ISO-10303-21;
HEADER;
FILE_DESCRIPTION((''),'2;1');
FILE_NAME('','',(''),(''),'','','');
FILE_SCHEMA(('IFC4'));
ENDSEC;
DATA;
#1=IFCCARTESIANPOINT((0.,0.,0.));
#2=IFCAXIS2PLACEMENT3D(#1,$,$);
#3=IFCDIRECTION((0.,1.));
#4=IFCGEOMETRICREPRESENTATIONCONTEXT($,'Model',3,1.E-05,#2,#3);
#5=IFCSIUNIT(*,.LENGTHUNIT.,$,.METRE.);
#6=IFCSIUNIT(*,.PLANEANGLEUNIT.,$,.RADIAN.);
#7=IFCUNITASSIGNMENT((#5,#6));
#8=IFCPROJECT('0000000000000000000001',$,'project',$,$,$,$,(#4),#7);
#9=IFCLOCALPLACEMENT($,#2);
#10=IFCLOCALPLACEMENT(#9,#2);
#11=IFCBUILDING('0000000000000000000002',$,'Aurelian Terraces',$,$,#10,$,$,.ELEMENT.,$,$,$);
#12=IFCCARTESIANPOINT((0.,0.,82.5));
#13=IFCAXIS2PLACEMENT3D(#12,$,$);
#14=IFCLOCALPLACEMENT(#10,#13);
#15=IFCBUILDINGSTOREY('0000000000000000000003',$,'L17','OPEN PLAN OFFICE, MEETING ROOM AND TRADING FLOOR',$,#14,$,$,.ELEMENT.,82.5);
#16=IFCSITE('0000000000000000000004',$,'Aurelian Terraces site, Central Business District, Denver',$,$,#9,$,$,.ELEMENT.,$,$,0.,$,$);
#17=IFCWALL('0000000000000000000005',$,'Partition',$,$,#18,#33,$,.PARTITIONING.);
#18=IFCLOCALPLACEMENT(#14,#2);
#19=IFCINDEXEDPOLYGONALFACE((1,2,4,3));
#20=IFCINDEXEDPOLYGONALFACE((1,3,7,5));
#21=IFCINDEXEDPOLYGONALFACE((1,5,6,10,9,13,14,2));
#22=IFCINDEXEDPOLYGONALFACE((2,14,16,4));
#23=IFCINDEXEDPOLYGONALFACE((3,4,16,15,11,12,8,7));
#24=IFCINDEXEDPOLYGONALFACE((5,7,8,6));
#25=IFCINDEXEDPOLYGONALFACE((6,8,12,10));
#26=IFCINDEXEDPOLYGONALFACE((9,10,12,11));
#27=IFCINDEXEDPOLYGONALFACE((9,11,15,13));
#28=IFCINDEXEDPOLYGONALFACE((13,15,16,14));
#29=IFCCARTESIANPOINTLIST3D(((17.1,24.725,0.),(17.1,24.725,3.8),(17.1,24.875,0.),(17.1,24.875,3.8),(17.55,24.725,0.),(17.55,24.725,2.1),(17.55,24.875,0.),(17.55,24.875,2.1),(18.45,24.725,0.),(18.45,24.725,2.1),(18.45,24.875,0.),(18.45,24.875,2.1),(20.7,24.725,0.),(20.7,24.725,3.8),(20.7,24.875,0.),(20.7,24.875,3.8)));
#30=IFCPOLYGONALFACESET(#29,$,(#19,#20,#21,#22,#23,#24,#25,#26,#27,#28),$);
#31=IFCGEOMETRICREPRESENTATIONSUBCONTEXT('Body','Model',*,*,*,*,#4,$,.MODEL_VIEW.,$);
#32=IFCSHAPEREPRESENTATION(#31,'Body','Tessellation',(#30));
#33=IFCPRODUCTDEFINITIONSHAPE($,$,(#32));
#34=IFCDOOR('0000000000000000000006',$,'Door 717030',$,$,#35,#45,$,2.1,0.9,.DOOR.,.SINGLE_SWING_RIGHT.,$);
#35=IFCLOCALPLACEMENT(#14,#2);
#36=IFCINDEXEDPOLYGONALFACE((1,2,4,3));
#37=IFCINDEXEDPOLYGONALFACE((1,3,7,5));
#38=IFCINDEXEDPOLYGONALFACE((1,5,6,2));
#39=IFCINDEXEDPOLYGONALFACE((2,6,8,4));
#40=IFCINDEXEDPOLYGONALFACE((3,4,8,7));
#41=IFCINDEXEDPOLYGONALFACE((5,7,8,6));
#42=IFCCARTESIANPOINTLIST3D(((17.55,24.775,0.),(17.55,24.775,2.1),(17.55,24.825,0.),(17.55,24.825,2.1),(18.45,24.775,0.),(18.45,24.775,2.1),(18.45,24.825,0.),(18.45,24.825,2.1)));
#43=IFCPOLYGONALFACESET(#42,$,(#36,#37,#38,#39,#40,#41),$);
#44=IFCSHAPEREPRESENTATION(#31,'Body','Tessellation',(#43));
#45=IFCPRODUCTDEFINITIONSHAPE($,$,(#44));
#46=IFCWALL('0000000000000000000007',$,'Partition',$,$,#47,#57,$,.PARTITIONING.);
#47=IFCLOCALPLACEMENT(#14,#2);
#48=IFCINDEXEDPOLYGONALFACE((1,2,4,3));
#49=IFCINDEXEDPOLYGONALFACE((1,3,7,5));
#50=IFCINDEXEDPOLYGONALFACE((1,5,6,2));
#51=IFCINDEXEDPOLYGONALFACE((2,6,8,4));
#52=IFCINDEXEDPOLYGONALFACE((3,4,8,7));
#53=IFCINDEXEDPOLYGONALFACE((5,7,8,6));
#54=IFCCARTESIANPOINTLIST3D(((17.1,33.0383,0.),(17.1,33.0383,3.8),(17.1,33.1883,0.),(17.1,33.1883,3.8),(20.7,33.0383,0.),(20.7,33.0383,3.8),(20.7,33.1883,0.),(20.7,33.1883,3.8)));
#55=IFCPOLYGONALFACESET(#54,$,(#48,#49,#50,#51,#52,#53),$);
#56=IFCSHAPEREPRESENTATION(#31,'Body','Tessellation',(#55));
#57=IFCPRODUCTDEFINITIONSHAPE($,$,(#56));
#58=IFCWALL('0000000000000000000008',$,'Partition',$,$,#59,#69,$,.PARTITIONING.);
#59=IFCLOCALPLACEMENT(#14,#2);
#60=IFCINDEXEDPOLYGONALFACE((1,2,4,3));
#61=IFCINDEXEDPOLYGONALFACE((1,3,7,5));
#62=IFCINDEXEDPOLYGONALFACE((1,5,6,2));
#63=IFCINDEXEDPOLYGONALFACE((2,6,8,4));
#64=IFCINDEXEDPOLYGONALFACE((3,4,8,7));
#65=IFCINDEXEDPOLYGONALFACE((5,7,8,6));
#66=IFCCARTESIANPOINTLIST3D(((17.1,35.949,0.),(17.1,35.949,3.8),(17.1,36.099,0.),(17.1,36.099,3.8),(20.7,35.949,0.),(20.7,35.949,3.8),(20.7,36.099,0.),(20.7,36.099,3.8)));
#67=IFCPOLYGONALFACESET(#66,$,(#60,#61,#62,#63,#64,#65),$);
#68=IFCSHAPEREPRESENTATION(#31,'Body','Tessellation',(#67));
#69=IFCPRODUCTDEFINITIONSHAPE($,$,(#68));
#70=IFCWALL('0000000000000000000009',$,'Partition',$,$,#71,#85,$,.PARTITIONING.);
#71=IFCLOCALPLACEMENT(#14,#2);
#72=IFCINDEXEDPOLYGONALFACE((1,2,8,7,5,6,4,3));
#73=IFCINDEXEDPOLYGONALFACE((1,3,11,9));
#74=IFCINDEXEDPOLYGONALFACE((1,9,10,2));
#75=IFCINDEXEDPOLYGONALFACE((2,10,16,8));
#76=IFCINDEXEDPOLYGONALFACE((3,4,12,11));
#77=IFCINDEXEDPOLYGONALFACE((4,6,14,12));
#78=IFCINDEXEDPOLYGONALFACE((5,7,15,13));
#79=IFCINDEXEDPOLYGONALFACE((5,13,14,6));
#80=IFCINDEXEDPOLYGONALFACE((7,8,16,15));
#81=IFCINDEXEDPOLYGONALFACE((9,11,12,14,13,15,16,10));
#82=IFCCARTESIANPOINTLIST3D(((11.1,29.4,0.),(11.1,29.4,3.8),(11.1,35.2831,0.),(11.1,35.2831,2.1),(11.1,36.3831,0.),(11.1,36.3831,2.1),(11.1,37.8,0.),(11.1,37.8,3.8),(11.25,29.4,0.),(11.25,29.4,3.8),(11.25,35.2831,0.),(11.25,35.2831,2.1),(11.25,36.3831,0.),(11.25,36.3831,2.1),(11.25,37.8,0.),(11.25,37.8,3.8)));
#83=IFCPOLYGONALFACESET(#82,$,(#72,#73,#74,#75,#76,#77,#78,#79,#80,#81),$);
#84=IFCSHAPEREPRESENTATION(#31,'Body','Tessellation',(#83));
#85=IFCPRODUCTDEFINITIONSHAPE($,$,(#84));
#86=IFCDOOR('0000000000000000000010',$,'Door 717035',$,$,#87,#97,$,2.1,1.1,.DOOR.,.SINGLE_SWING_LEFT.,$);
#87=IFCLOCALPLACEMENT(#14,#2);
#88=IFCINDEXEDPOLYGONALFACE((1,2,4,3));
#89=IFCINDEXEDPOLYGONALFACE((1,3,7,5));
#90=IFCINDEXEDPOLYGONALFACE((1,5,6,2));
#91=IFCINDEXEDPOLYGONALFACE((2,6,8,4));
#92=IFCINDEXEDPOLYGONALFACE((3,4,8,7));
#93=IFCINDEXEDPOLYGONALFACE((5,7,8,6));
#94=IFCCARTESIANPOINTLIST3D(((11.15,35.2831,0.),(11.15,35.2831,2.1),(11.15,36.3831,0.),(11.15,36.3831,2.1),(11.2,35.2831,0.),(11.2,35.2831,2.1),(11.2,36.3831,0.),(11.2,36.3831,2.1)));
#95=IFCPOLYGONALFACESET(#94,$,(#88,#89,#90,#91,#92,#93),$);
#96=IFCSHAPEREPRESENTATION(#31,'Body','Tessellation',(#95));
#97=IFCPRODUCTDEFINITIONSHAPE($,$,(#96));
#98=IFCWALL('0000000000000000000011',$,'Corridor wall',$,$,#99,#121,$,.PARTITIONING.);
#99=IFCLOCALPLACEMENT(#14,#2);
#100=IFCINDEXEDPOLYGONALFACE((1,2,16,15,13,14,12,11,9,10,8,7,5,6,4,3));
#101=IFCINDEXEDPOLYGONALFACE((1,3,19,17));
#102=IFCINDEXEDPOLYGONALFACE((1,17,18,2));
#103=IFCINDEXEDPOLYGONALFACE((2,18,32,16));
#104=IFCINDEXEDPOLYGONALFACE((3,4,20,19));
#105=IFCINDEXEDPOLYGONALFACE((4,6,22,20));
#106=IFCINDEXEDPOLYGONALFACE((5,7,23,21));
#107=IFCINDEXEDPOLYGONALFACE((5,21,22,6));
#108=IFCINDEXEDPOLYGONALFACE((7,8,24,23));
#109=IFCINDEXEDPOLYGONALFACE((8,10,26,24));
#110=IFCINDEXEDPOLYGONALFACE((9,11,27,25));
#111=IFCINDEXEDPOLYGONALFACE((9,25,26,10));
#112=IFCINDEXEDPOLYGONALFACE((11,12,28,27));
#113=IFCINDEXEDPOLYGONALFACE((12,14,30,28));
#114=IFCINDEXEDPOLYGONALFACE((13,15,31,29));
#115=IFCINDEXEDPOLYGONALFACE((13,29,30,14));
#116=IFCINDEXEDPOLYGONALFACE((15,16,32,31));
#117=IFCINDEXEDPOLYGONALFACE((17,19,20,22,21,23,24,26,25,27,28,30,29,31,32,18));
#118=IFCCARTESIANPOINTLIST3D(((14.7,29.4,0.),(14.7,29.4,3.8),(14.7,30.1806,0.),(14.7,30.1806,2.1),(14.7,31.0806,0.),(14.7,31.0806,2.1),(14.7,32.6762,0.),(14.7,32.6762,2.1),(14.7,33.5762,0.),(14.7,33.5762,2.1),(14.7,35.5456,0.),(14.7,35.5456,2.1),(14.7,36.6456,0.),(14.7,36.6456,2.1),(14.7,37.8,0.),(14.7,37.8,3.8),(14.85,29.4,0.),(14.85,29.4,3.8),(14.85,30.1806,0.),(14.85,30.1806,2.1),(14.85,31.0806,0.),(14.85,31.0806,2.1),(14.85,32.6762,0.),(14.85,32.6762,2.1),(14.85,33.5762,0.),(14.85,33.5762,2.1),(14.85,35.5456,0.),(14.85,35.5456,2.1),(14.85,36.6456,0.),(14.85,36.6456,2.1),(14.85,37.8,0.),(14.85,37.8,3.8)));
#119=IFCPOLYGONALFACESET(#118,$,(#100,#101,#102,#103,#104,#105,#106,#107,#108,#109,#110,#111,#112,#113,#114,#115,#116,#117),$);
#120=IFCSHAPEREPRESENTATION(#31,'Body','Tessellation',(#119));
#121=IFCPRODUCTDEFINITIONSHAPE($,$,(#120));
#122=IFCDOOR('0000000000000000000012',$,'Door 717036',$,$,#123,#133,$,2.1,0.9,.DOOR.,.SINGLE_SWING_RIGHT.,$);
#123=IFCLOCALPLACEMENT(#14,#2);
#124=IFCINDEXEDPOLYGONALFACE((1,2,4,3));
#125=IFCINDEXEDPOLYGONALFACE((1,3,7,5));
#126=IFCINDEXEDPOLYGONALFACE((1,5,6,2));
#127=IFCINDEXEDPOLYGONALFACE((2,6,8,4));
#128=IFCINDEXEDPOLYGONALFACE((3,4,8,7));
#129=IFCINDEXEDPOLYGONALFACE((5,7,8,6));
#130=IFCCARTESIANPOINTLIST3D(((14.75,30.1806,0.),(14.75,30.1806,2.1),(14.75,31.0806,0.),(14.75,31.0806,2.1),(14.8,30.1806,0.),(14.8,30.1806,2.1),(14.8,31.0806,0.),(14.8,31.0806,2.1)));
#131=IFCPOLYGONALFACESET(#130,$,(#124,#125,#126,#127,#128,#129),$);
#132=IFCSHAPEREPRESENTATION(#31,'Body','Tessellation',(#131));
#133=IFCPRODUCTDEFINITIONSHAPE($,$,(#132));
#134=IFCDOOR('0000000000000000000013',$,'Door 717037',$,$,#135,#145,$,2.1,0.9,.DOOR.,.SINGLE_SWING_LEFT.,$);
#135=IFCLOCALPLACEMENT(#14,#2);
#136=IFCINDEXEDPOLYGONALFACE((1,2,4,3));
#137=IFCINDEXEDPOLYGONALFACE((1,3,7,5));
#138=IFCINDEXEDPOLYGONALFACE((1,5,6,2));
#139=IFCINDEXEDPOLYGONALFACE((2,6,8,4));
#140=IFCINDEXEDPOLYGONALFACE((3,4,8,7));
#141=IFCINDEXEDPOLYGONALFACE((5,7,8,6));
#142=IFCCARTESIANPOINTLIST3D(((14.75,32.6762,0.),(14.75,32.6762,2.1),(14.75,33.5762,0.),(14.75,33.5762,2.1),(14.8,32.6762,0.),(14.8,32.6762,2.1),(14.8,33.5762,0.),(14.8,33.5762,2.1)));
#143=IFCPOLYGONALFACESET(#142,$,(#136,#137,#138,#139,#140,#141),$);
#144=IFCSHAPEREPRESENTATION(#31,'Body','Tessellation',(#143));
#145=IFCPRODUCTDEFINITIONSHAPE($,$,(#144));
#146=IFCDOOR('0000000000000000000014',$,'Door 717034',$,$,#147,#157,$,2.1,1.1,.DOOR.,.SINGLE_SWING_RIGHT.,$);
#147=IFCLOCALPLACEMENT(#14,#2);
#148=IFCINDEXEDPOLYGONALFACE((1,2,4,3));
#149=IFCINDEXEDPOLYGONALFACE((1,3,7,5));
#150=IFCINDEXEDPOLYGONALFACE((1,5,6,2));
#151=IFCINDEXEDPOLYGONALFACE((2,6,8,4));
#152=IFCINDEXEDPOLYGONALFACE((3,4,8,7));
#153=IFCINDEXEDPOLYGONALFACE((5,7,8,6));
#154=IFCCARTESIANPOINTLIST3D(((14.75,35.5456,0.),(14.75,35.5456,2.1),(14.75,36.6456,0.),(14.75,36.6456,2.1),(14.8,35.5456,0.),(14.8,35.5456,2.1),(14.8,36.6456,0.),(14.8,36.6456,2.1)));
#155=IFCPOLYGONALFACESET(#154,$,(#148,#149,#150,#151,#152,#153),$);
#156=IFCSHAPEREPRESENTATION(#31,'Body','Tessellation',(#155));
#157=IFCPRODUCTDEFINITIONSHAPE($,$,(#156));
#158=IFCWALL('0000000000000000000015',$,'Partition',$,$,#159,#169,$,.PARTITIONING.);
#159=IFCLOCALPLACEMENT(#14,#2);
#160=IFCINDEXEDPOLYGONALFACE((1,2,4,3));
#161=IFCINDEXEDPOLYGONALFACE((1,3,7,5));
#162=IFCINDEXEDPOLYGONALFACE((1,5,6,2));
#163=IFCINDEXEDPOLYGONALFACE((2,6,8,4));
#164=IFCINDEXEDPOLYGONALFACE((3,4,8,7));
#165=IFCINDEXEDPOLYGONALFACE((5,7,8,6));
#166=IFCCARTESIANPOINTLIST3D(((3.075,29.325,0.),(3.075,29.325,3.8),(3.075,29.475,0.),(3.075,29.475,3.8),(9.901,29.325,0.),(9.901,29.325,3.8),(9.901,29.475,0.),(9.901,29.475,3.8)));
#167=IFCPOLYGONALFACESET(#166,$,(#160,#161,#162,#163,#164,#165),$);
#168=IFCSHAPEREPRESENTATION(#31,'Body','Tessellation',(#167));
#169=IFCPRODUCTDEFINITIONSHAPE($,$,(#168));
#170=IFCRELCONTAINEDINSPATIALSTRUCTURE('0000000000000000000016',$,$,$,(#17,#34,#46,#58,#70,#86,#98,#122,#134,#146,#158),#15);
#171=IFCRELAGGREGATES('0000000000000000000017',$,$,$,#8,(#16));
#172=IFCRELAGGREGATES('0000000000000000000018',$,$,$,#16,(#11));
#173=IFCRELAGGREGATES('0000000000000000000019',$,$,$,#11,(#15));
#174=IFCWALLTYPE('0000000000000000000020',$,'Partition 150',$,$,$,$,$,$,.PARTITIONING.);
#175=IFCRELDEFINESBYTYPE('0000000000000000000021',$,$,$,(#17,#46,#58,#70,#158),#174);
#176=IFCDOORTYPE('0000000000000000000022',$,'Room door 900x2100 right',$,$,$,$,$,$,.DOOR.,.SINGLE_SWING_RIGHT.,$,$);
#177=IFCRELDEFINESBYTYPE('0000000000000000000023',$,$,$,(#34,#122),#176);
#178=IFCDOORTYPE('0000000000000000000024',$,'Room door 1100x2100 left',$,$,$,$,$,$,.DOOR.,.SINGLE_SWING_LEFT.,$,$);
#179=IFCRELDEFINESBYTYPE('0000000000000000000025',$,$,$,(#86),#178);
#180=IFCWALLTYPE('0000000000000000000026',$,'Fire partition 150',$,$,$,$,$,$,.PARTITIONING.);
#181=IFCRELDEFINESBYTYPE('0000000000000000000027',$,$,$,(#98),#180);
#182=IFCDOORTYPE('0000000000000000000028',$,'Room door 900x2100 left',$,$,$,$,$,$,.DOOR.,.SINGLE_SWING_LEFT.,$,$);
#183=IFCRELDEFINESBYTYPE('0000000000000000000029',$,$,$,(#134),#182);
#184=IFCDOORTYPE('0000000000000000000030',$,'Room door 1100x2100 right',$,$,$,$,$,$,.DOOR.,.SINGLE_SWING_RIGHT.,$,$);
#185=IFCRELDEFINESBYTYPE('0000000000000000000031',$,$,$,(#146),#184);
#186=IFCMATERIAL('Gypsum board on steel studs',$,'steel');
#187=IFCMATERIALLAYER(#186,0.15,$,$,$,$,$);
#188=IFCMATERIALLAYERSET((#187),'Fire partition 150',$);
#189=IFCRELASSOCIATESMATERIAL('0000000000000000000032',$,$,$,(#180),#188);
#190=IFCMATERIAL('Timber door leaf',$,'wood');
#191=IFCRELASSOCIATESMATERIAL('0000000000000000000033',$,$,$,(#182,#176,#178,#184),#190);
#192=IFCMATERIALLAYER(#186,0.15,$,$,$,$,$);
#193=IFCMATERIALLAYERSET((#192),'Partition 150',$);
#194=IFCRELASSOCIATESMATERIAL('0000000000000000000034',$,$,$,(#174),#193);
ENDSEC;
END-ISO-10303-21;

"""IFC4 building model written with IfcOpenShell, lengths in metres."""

from ifc_helpers import new_model, si_unit, direction, frame, frame_2d, origin, place, context, subcontext, project, spatial, rectangle, extrude, source, transform, mapped, material, layer, layer_set, type_object, element, fill, save


model = new_model("IFC4")

# Units and contexts
model_context = context("Model", 3, precision=1e-05, world=origin(), true_north=direction((0.0, 1.0)))
body_context = subcontext(model_context, "Body", "Model", "MODEL_VIEW")
ifc_project = project(units=[si_unit("LENGTHUNIT", "METRE"), si_unit("PLANEANGLEUNIT", "RADIAN")], contexts=[model_context])

# Site, building, storey
site_placement = place(None, origin())
site = spatial("IfcSite", under=ifc_project, at=site_placement, Name="Aurelian Terraces site, Central Business District, Denver", CompositionType="ELEMENT", RefElevation=0.0)
building_placement = place(site_placement, origin())
building = spatial("IfcBuilding", under=site, at=building_placement, Name="Aurelian Terraces", CompositionType="ELEMENT")
storey_placement = place(building_placement, frame((0.0, 0.0, 82.5)))
storey = spatial("IfcBuildingStorey", under=building, at=storey_placement, Name="L17", Description="OPEN PLAN OFFICE, MEETING ROOM AND TRADING FLOOR", CompositionType="ELEMENT", Elevation=82.5)

# Shared definitions
ifc_material_1 = material(Name="Gypsum board on steel studs", Category="steel")
shared_shape_1 = source(origin(), body_context, "Body", "SweptSolid", [
    extrude(rectangle(XDim=0.9, YDim=2.1, at=frame_2d((0.45, 1.05))), frame((0.0, 0.025, 0.0), z_axis=(0.0, -1.0, 0.0), x_axis=(1.0, 0.0, 0.0)), (0.0, 0.0, 1.0), 0.05),
])

# Shared definitions
ifc_layer_1 = layer(ifc_material_1, 0.15)
ifc_layer_set_1 = layer_set([ifc_layer_1], Name="Fire partition 150")
wall_type_1 = type_object("IfcWallType", Name="Fire partition 150", PredefinedType="PARTITIONING", material=ifc_layer_set_1)
shared_shape_2 = source(origin(), body_context, "Body", "SweptSolid", [
    extrude(rectangle(XDim=0.9, YDim=2.1, at=frame_2d((0.45, 1.05))), frame((0.0, 0.085, 0.0), z_axis=(0.0, -1.0, 0.0), x_axis=(1.0, 0.0, 0.0)), (0.0, 0.0, 1.0), 0.17),
])
ifc_material_2 = material(Name="Timber door leaf", Category="wood")
door_type_1 = type_object("IfcDoorType", Name="Room door 900x2100 left", OperationType="SINGLE_SWING_LEFT", PredefinedType="DOOR", material=ifc_material_2)

# Shared definitions
ifc_layer_2 = layer(ifc_material_1, 0.15)
ifc_layer_set_2 = layer_set([ifc_layer_2], Name="Partition 150")
wall_type_2 = type_object("IfcWallType", Name="Partition 150", PredefinedType="PARTITIONING", material=ifc_layer_set_2)

# Wall, opening, door
shared_shape_3 = source(origin(), body_context, "Body", "SweptSolid", [
    extrude(rectangle(XDim=3.6, YDim=0.15, at=frame_2d((1.8, 0.0))), origin(), (0.0, 0.0, 1.0), 3.8),
])
wall_1_placement = place(storey_placement, frame((17.1, 24.8, 0.0), z_axis=(0.0, 0.0, 1.0), x_axis=(1.0, 0.0, 0.0)))
wall_1 = element("IfcWall", 1, at=wall_1_placement, inside=storey, type_object=wall_type_2, Name="Partition", PredefinedType="PARTITIONING", context=body_context, shape_type="MappedRepresentation", body=[
    mapped(shared_shape_3, transform((0.0, 0.0, 0.0), scale=1.0)),
])
opening_1_placement = place(wall_1_placement, frame((0.45, 0.0, 0.0)))
opening_1 = element("IfcOpeningElement", 2, at=opening_1_placement, cuts=wall_1, PredefinedType="OPENING", context=body_context, shape_type="MappedRepresentation", body=[
    mapped(shared_shape_2, transform((0.0, 0.0, 0.0), scale=1.0)),
])
door_type_2 = type_object("IfcDoorType", Name="Room door 900x2100 right", OperationType="SINGLE_SWING_RIGHT", PredefinedType="DOOR", material=ifc_material_2)
door_1_placement = place(opening_1_placement, origin())
door_1 = element("IfcDoor", 3, at=door_1_placement, inside=storey, type_object=door_type_2, Name="Door 717030", OperationType="SINGLE_SWING_RIGHT", OverallHeight=2.1, OverallWidth=0.9, PredefinedType="DOOR", context=body_context, shape_type="MappedRepresentation", body=[
    mapped(shared_shape_1, transform((0.0, 0.0, 0.0), scale=1.0)),
])
fill(opening_1, door_1)

# Walls
for number, where, z_axis, x_axis, name in (
    (4, (17.1, 33.1133, 0.0), (0.0, 0.0, 1.0), (1.0, 0.0, 0.0), "Partition"),
    (5, (17.1, 36.024, 0.0), (0.0, 0.0, 1.0), (1.0, 0.0, 0.0), "Partition"),
):
    element("IfcWall", number, at=place(storey_placement, frame(where, z_axis=z_axis, x_axis=x_axis)), inside=storey, type_object=wall_type_2, Name=name, PredefinedType="PARTITIONING", context=body_context, shape_type="MappedRepresentation", body=[
        mapped(shared_shape_3, transform((0.0, 0.0, 0.0), scale=1.0)),
    ])

# Wall, opening, door
shared_shape_4 = source(origin(), body_context, "Body", "SweptSolid", [
    extrude(rectangle(XDim=8.4, YDim=0.15, at=frame_2d((4.2, 0.0))), origin(), (0.0, 0.0, 1.0), 3.8),
])
wall_2_placement = place(storey_placement, frame((11.175, 29.4, 0.0), z_axis=(0.0, 0.0, 1.0), x_axis=(0.0, 1.0, 0.0)))
wall_2 = element("IfcWall", 6, at=wall_2_placement, inside=storey, type_object=wall_type_2, Name="Partition", PredefinedType="PARTITIONING", context=body_context, shape_type="MappedRepresentation", body=[
    mapped(shared_shape_4, transform((0.0, 0.0, 0.0), scale=1.0)),
])
shared_shape_5 = source(origin(), body_context, "Body", "SweptSolid", [
    extrude(rectangle(XDim=1.1, YDim=2.1, at=frame_2d((0.55, 1.05))), frame((0.0, 0.085, 0.0), z_axis=(0.0, -1.0, 0.0), x_axis=(1.0, 0.0, 0.0)), (0.0, 0.0, 1.0), 0.17),
])
opening_2_placement = place(wall_2_placement, frame((5.8831, 0.0, 0.0)))
opening_2 = element("IfcOpeningElement", 7, at=opening_2_placement, cuts=wall_2, PredefinedType="OPENING", context=body_context, shape_type="MappedRepresentation", body=[
    mapped(shared_shape_5, transform((0.0, 0.0, 0.0), scale=1.0)),
])
door_type_3 = type_object("IfcDoorType", Name="Room door 1100x2100 left", OperationType="SINGLE_SWING_LEFT", PredefinedType="DOOR", material=ifc_material_2)
shared_shape_6 = source(origin(), body_context, "Body", "SweptSolid", [
    extrude(rectangle(XDim=1.1, YDim=2.1, at=frame_2d((0.55, 1.05))), frame((0.0, 0.025, 0.0), z_axis=(0.0, -1.0, 0.0), x_axis=(1.0, 0.0, 0.0)), (0.0, 0.0, 1.0), 0.05),
])
door_2_placement = place(opening_2_placement, origin())
door_2 = element("IfcDoor", 8, at=door_2_placement, inside=storey, type_object=door_type_3, Name="Door 717035", OperationType="SINGLE_SWING_LEFT", OverallHeight=2.1, OverallWidth=1.1, PredefinedType="DOOR", context=body_context, shape_type="MappedRepresentation", body=[
    mapped(shared_shape_6, transform((0.0, 0.0, 0.0), scale=1.0)),
])
fill(opening_2, door_2)

# Wall, openings, doors
wall_3_placement = place(storey_placement, frame((14.775, 29.4, 0.0), z_axis=(0.0, 0.0, 1.0), x_axis=(0.0, 1.0, 0.0)))
wall_3 = element("IfcWall", 9, at=wall_3_placement, inside=storey, type_object=wall_type_1, Name="Corridor wall", PredefinedType="PARTITIONING", context=body_context, shape_type="MappedRepresentation", body=[
    mapped(shared_shape_4, transform((0.0, 0.0, 0.0), scale=1.0)),
])
opening_3_placement = place(wall_3_placement, frame((6.1456, 0.0, 0.0)))
opening_3 = element("IfcOpeningElement", 10, at=opening_3_placement, cuts=wall_3, PredefinedType="OPENING", context=body_context, shape_type="MappedRepresentation", body=[
    mapped(shared_shape_5, transform((0.0, 0.0, 0.0), scale=1.0)),
])
opening_4_placement = place(wall_3_placement, frame((0.7806, 0.0, 0.0)))
opening_4 = element("IfcOpeningElement", 11, at=opening_4_placement, cuts=wall_3, PredefinedType="OPENING", context=body_context, shape_type="MappedRepresentation", body=[
    mapped(shared_shape_2, transform((0.0, 0.0, 0.0), scale=1.0)),
])
opening_5_placement = place(wall_3_placement, frame((3.2762, 0.0, 0.0)))
opening_5 = element("IfcOpeningElement", 12, at=opening_5_placement, cuts=wall_3, PredefinedType="OPENING", context=body_context, shape_type="MappedRepresentation", body=[
    mapped(shared_shape_2, transform((0.0, 0.0, 0.0), scale=1.0)),
])
door_3_placement = place(opening_4_placement, origin())
door_3 = element("IfcDoor", 13, at=door_3_placement, inside=storey, type_object=door_type_2, Name="Door 717036", OperationType="SINGLE_SWING_RIGHT", OverallHeight=2.1, OverallWidth=0.9, PredefinedType="DOOR", context=body_context, shape_type="MappedRepresentation", body=[
    mapped(shared_shape_1, transform((0.0, 0.0, 0.0), scale=1.0)),
])
fill(opening_4, door_3)
door_4_placement = place(opening_5_placement, origin())
door_4 = element("IfcDoor", 14, at=door_4_placement, inside=storey, type_object=door_type_1, Name="Door 717037", OperationType="SINGLE_SWING_LEFT", OverallHeight=2.1, OverallWidth=0.9, PredefinedType="DOOR", context=body_context, shape_type="MappedRepresentation", body=[
    mapped(shared_shape_1, transform((0.0, 0.0, 0.0), scale=1.0)),
])
fill(opening_5, door_4)
door_type_4 = type_object("IfcDoorType", Name="Room door 1100x2100 right", OperationType="SINGLE_SWING_RIGHT", PredefinedType="DOOR", material=ifc_material_2)
door_5_placement = place(opening_3_placement, origin())
door_5 = element("IfcDoor", 15, at=door_5_placement, inside=storey, type_object=door_type_4, Name="Door 717034", OperationType="SINGLE_SWING_RIGHT", OverallHeight=2.1, OverallWidth=1.1, PredefinedType="DOOR", context=body_context, shape_type="MappedRepresentation", body=[
    mapped(shared_shape_6, transform((0.0, 0.0, 0.0), scale=1.0)),
])
fill(opening_3, door_5)

# Wall
shared_shape_7 = source(origin(), body_context, "Body", "SweptSolid", [
    extrude(rectangle(XDim=6.826, YDim=0.15, at=frame_2d((3.413, 0.0))), origin(), (0.0, 0.0, 1.0), 3.8),
])
wall_4_placement = place(storey_placement, frame((9.901, 29.4, 0.0), z_axis=(0.0, 0.0, 1.0), x_axis=(-1.0, 0.0, 0.0)))
element("IfcWall", 16, at=wall_4_placement, inside=storey, type_object=wall_type_2, Name="Partition", PredefinedType="PARTITIONING", context=body_context, shape_type="MappedRepresentation", body=[
    mapped(shared_shape_7, transform((0.0, 0.0, 0.0), scale=1.0)),
])

save(model, "model.ifc")
